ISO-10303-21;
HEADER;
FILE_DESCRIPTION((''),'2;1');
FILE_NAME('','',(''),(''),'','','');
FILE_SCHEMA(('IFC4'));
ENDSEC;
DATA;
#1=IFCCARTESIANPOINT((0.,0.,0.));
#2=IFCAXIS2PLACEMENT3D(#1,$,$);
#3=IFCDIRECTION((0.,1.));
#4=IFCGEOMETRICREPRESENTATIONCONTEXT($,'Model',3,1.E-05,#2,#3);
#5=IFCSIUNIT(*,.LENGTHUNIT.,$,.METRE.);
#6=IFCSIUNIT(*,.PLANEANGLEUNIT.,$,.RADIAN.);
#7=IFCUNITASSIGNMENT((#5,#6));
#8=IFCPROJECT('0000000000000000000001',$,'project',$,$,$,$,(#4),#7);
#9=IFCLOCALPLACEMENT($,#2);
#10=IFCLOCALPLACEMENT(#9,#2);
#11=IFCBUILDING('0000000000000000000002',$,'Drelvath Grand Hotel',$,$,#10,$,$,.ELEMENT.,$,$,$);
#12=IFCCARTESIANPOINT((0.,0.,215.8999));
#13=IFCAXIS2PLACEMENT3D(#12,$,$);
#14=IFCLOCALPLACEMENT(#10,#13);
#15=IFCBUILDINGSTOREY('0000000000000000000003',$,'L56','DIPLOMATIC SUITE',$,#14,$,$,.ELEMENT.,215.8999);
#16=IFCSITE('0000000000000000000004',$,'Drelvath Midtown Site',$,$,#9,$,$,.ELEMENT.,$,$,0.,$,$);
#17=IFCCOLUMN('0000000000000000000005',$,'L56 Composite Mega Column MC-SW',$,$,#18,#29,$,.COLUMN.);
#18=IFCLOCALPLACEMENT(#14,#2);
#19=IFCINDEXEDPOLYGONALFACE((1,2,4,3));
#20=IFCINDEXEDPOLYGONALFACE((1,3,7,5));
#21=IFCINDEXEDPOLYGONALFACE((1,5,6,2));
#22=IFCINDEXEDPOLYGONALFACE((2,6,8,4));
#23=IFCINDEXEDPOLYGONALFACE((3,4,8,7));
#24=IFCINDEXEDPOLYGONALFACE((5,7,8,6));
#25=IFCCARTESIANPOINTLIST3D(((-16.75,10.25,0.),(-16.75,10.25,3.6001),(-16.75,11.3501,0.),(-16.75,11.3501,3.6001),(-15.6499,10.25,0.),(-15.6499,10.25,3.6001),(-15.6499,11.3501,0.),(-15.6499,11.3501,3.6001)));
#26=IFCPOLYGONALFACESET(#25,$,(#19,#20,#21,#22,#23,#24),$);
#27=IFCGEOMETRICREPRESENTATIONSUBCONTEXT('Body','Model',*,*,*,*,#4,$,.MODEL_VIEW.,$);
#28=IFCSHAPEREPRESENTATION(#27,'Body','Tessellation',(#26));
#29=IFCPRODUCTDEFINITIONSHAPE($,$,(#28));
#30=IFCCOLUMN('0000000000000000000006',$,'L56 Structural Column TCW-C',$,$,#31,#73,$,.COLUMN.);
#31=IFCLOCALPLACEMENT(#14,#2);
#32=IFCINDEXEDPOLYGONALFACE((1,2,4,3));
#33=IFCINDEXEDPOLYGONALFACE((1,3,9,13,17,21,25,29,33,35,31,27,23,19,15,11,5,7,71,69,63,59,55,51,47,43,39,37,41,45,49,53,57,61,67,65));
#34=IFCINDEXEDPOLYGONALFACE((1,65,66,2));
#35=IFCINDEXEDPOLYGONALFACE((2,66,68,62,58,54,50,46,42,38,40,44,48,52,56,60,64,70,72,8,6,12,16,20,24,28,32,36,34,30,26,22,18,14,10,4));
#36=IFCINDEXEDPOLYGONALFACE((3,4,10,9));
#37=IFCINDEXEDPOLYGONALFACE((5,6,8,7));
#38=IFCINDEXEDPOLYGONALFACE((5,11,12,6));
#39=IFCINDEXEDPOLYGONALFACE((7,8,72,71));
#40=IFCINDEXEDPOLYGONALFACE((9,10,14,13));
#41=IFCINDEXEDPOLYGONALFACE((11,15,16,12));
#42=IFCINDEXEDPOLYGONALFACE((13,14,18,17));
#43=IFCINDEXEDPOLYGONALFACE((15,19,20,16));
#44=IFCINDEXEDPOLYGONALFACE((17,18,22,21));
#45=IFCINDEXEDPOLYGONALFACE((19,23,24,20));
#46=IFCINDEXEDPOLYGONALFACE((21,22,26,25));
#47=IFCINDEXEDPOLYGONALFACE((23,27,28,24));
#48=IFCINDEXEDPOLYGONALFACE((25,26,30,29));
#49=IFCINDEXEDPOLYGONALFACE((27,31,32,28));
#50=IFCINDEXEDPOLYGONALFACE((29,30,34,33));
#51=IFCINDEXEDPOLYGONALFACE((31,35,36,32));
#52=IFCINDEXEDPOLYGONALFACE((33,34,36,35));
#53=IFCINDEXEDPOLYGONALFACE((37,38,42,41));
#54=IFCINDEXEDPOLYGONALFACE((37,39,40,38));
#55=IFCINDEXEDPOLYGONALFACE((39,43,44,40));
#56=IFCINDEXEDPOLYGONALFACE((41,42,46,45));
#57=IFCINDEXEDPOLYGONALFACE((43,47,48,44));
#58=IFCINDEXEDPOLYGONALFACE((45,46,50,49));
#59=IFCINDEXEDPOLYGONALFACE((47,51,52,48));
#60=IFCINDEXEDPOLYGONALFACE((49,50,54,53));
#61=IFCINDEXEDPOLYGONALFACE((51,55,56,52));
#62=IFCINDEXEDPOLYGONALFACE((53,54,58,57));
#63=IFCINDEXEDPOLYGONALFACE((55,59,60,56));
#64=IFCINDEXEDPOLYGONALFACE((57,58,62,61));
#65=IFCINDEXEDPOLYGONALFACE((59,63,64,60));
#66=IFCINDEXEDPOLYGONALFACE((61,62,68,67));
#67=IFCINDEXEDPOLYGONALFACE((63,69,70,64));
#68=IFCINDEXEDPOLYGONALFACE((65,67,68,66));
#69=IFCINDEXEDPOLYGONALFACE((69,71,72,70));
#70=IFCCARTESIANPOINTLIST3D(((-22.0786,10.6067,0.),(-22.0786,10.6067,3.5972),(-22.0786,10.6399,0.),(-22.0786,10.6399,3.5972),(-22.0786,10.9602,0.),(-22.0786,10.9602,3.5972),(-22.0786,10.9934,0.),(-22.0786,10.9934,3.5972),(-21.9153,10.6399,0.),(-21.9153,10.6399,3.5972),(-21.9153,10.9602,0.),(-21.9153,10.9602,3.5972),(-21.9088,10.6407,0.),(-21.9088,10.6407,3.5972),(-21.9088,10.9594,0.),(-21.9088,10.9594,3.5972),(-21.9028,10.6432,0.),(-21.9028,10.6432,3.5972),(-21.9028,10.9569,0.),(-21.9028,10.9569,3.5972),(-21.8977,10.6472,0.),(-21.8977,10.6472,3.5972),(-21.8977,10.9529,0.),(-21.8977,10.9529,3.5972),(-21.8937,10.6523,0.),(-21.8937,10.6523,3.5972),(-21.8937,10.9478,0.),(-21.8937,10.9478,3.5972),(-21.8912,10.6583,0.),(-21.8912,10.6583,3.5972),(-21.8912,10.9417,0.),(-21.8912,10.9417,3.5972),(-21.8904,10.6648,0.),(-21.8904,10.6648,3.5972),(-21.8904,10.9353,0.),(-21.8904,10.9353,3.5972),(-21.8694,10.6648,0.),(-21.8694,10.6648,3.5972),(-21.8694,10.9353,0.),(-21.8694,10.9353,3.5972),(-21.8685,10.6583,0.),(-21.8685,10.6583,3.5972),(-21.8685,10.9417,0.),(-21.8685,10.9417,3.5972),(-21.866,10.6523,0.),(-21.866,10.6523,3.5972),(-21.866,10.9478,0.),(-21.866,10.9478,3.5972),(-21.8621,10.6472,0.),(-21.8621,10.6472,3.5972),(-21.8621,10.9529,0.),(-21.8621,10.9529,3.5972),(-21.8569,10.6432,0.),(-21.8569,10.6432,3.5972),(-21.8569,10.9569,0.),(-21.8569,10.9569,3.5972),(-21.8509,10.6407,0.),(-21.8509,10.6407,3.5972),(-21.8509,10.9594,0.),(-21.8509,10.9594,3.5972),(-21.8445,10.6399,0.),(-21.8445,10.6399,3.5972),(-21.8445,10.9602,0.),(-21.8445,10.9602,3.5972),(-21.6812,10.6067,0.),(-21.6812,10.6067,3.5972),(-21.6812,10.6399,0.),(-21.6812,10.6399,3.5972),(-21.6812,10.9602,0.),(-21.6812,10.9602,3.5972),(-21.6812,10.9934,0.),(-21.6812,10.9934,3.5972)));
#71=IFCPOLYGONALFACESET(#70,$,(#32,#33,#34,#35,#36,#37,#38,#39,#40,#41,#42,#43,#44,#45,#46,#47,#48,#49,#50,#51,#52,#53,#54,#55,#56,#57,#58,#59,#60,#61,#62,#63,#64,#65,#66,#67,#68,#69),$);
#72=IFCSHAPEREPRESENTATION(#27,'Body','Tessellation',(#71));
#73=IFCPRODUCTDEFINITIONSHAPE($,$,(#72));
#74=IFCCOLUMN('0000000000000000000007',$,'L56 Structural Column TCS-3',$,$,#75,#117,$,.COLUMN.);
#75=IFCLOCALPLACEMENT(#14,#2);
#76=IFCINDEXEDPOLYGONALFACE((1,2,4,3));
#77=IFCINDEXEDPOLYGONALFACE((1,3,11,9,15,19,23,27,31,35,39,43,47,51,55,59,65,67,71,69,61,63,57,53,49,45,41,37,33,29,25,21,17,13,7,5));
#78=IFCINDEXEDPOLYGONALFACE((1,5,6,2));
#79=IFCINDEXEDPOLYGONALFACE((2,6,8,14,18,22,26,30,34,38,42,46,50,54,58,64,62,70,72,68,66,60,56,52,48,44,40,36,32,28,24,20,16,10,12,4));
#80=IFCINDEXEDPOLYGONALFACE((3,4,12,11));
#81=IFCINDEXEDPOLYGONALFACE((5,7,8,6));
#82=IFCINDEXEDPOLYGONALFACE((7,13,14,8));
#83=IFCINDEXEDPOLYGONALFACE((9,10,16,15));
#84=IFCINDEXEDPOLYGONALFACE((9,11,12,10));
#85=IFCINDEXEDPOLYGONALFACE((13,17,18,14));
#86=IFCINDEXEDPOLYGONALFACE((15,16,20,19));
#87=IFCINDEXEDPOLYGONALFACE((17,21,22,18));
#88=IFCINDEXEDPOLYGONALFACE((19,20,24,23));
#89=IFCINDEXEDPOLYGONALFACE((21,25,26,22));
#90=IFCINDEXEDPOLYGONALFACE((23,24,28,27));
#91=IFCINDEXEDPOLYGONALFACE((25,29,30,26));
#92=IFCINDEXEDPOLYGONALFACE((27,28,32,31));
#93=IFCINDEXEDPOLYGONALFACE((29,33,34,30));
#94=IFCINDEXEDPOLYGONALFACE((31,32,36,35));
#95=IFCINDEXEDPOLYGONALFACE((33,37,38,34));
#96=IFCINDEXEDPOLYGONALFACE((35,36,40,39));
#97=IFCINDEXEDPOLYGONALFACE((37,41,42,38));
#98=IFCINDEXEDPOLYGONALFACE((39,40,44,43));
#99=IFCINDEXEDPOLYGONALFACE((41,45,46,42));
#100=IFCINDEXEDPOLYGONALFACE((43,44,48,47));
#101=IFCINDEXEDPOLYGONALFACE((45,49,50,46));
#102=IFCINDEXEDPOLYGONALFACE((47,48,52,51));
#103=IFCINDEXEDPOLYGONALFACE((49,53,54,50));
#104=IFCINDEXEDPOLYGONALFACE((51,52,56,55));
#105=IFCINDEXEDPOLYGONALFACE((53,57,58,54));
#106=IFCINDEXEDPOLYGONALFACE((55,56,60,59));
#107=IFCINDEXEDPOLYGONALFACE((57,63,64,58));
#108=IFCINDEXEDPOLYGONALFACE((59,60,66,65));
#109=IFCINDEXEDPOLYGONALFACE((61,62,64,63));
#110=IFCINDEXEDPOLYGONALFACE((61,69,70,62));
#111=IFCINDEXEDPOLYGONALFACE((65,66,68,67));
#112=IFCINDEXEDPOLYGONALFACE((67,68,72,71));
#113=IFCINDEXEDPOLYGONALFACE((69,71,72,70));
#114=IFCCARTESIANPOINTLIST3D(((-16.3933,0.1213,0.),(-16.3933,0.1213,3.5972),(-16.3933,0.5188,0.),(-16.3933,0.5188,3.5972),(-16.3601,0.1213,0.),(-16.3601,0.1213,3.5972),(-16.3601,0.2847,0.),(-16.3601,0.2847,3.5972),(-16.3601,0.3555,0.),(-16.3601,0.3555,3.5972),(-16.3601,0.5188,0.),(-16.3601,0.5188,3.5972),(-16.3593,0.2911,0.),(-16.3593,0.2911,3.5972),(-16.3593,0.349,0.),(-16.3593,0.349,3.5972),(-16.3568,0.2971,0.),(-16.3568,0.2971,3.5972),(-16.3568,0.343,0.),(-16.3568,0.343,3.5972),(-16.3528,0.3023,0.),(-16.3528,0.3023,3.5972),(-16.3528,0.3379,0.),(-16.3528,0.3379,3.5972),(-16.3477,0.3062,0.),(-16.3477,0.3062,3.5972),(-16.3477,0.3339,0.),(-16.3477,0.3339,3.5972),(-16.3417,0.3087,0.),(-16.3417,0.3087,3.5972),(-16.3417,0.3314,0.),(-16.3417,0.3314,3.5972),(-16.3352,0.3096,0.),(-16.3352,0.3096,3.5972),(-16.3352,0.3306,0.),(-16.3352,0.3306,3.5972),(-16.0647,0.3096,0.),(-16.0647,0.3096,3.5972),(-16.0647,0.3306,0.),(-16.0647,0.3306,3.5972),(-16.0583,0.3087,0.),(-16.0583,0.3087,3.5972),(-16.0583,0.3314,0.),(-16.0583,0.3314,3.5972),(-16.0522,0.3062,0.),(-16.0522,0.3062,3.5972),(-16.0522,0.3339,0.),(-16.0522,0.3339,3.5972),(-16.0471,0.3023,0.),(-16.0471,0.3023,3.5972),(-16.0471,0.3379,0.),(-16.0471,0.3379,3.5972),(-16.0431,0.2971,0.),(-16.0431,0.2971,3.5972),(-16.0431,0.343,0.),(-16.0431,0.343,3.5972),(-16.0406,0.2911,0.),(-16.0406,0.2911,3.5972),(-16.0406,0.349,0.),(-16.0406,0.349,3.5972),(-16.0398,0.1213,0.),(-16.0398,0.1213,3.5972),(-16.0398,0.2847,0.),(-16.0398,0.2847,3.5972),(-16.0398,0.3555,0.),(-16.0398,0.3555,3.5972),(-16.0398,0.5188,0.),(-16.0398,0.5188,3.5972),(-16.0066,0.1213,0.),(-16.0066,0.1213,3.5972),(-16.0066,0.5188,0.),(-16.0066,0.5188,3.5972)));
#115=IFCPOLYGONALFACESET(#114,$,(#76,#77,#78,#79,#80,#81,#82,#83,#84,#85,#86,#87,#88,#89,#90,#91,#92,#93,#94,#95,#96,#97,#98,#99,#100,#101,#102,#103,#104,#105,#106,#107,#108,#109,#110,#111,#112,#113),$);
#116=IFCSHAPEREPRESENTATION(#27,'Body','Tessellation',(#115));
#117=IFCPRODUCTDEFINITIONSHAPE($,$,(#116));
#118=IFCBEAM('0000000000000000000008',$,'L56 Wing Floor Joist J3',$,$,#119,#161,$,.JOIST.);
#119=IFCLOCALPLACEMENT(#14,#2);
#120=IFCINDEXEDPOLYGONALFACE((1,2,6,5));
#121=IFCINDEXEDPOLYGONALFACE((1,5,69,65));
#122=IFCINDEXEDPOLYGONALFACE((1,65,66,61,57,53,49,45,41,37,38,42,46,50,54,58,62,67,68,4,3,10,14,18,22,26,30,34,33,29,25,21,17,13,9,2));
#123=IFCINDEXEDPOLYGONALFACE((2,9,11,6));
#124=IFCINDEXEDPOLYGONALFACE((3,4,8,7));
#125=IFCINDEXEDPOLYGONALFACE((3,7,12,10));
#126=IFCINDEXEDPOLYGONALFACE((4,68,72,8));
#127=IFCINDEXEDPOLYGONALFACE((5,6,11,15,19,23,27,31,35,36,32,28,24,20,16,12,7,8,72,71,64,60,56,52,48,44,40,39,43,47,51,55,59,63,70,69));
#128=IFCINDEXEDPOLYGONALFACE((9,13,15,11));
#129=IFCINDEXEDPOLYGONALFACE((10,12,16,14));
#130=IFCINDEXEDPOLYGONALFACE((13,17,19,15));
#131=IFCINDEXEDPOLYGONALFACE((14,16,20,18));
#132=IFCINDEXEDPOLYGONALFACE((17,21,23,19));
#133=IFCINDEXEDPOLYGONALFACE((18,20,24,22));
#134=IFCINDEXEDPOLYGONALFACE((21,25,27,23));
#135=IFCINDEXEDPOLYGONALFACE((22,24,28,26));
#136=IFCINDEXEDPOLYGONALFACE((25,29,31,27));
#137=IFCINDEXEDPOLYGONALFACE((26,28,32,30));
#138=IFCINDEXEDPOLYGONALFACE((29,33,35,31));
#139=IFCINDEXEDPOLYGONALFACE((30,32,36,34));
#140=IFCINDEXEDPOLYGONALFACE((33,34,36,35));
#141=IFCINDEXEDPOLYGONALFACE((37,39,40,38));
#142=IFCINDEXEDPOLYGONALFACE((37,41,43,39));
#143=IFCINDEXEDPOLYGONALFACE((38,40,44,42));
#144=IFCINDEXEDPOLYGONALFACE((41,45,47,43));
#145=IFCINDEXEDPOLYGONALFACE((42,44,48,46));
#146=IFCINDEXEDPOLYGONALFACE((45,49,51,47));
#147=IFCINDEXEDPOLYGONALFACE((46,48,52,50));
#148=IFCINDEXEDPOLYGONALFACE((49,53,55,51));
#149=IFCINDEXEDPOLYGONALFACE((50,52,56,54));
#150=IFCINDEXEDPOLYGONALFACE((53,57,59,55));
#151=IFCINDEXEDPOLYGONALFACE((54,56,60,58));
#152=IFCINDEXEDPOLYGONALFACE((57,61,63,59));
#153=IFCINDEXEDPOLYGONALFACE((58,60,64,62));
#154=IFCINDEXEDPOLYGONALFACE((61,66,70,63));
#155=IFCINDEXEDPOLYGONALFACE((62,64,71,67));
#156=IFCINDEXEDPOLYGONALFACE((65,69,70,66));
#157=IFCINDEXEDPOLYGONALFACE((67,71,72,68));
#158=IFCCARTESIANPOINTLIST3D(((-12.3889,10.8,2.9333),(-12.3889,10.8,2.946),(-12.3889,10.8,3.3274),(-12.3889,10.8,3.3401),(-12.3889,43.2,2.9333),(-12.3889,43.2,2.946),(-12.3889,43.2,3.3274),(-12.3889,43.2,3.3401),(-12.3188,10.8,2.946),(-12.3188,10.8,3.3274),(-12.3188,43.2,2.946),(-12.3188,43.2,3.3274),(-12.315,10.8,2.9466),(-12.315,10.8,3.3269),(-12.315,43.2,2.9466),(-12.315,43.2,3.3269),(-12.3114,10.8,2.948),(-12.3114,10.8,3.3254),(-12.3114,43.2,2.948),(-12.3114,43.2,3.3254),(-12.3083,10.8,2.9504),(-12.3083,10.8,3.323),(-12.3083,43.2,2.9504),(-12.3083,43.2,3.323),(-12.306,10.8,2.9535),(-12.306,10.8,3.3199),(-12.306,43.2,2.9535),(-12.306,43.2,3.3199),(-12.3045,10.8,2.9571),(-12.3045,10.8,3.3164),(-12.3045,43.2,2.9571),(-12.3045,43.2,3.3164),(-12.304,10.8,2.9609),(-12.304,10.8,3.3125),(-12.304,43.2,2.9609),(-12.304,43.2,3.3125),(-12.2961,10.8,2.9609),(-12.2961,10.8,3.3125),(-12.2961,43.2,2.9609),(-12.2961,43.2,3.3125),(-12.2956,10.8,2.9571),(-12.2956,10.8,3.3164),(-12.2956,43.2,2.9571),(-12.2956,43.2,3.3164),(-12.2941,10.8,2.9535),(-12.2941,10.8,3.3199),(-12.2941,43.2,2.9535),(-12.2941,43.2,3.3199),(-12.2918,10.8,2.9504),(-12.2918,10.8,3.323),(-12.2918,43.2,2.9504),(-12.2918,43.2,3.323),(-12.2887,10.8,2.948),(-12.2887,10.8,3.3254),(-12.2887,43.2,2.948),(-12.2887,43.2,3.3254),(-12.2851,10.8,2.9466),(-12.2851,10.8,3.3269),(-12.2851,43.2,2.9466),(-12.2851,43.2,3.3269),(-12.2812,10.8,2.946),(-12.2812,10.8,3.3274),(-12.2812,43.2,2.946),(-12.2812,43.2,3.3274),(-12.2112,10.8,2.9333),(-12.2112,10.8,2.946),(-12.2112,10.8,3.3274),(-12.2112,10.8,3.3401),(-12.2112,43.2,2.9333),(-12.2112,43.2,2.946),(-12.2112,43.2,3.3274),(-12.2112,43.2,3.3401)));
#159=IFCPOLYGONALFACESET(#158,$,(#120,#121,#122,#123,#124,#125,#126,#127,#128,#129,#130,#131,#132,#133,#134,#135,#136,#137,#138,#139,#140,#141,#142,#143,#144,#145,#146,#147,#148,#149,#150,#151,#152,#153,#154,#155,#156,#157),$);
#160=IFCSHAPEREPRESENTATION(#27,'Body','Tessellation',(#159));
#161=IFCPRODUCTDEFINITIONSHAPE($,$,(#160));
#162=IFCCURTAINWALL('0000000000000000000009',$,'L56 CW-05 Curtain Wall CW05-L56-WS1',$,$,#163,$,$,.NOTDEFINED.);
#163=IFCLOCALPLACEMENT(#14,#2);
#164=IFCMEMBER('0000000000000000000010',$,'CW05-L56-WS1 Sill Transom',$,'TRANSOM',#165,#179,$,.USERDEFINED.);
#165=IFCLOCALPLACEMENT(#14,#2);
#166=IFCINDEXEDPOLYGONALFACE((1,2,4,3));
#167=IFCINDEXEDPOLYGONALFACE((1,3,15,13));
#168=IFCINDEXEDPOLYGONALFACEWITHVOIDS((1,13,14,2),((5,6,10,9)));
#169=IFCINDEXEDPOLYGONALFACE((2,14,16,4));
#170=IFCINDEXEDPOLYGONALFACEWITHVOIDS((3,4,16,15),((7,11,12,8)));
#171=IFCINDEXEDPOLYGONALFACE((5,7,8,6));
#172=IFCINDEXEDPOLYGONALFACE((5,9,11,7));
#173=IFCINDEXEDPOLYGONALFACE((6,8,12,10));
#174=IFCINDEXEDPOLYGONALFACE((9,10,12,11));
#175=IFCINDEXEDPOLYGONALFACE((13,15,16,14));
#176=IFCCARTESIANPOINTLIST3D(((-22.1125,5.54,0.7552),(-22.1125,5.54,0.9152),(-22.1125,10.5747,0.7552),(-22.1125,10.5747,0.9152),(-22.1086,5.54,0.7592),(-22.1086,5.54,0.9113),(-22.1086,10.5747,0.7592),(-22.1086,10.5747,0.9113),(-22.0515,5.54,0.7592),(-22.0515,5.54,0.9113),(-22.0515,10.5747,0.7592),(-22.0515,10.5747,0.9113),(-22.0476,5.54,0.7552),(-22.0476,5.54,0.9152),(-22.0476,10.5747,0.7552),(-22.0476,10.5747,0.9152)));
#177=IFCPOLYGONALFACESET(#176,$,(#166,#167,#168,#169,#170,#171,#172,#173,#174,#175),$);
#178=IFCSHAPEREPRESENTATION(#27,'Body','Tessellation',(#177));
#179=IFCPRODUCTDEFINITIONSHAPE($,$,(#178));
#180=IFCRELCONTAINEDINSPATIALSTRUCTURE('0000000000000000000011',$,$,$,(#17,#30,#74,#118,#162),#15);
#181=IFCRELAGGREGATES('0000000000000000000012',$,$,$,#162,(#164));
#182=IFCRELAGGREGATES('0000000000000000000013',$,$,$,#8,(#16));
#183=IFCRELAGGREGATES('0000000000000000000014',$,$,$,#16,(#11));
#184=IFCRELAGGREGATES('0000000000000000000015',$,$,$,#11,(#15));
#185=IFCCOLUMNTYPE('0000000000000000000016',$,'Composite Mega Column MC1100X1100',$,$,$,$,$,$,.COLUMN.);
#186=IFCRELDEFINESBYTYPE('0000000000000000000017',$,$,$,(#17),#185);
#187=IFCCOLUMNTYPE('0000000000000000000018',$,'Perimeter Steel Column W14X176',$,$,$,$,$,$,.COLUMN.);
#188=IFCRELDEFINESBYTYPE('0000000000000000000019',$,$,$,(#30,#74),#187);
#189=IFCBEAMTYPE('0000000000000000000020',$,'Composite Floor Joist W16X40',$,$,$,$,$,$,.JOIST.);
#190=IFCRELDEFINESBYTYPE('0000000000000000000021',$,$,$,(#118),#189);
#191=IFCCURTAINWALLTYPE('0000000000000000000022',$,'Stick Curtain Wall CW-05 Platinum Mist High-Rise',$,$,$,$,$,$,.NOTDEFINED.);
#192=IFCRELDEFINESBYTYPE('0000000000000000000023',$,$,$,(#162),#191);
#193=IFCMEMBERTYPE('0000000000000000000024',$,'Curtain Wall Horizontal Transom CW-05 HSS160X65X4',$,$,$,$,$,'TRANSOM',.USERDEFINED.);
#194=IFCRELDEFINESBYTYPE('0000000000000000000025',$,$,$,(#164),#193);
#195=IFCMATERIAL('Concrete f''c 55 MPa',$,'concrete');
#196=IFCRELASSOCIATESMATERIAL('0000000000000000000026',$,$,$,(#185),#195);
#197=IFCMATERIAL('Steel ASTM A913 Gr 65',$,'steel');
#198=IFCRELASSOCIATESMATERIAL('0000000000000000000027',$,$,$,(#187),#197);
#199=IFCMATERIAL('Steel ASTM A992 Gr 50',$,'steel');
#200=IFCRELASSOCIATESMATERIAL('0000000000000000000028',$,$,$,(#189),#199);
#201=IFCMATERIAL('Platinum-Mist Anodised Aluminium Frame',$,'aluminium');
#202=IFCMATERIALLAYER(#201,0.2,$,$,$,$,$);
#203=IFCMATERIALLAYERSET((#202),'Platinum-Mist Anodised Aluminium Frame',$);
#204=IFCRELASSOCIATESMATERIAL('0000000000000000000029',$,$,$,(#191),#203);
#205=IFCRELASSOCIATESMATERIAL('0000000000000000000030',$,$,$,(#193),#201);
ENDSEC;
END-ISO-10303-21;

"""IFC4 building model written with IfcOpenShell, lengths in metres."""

from ifc_helpers import new_model, si_unit, direction, frame, origin, origin_2d, place, context, subcontext, project, spatial, rectangle, hollow_rectangle, i_section, extrude, material, layer, layer_set, material_profile, profile_set, type_object, element, aggregate, save


model = new_model("IFC4")

# Units and contexts
model_context = context("Model", 3, precision=1e-05, world=origin(), true_north=direction((0.0, 1.0)))
body_context = subcontext(model_context, "Body", "Model", "MODEL_VIEW")
ifc_project = project(units=[si_unit("LENGTHUNIT", "METRE"), si_unit("PLANEANGLEUNIT", "RADIAN")], contexts=[model_context])

# Site, building, storey
site_placement = place(None, origin())
site = spatial("IfcSite", under=ifc_project, at=site_placement, Name="Drelvath Midtown Site", CompositionType="ELEMENT", RefElevation=0.0)
building_placement = place(site_placement, origin())
building = spatial("IfcBuilding", under=site, at=building_placement, Name="Drelvath Grand Hotel", CompositionType="ELEMENT")
storey_placement = place(building_placement, frame((0.0, 0.0, 215.8999)))
storey = spatial("IfcBuildingStorey", under=building, at=storey_placement, Name="L56", Description="DIPLOMATIC SUITE", CompositionType="ELEMENT", Elevation=215.8999)

# Columns
ifc_material_1 = material(Name="Concrete f'c 55 MPa", Category="concrete")
ifc_material_profile_1 = material_profile(ifc_material_1, rectangle(XDim=1.1001, YDim=1.1001, at=origin_2d()), Name="MC1100X1100")
ifc_profile_set_1 = profile_set([ifc_material_profile_1], Name="Concrete f'c 55 MPa")
column_type_1 = type_object("IfcColumnType", Name="Composite Mega Column MC1100X1100", PredefinedType="COLUMN", material=ifc_profile_set_1)
column_placement = place(storey_placement, frame((-16.2, 10.8, 0.0), z_axis=(0.0, 0.0, 1.0), x_axis=(1.0, 0.0, 0.0)))
element("IfcColumn", 1, at=column_placement, inside=storey, type_object=column_type_1, Name="L56 Composite Mega Column MC-SW", PredefinedType="COLUMN", context=body_context, shape_type="SweptSolid", body=[
    extrude(rectangle(XDim=1.1001, YDim=1.1001, at=origin_2d()), origin(), (0.0, 0.0, 1.0), 3.6001),
])
ifc_material_2 = material(Name="Steel ASTM A913 Gr 65", Category="steel")
ifc_material_profile_2 = material_profile(ifc_material_2, i_section(OverallWidth=0.3975, OverallDepth=0.3867, WebThickness=0.021, FlangeThickness=0.0332, FilletRadius=0.0249, at=origin_2d()), Name="W14X176")
ifc_profile_set_2 = profile_set([ifc_material_profile_2], Name="Steel ASTM A913 Gr 65")
column_type_2 = type_object("IfcColumnType", Name="Perimeter Steel Column W14X176", PredefinedType="COLUMN", material=ifc_profile_set_2)
for number, where, z_axis, x_axis, name in (
    (2, (-21.8799, 10.8, 0.0), (0.0, 0.0, 1.0), (1.0, 0.0, 0.0), "L56 Structural Column TCW-C"),
    (3, (-16.2, 0.3201, 0.0), (0.0, 0.0, 1.0), (0.0, 1.0, 0.0), "L56 Structural Column TCS-3"),
):
    element("IfcColumn", number, at=place(storey_placement, frame(where, z_axis=z_axis, x_axis=x_axis)), inside=storey, type_object=column_type_2, Name=name, PredefinedType="COLUMN", context=body_context, shape_type="SweptSolid", body=[
        extrude(i_section(OverallWidth=0.3975, OverallDepth=0.3867, WebThickness=0.021, FlangeThickness=0.0332, FilletRadius=0.0249, at=origin_2d()), origin(), (0.0, 0.0, 1.0), 3.5972),
    ])

# Beam
ifc_material_3 = material(Name="Steel ASTM A992 Gr 50", Category="steel")
ifc_material_profile_3 = material_profile(ifc_material_3, i_section(OverallWidth=0.1777, OverallDepth=0.4067, WebThickness=0.0078, FlangeThickness=0.0127, FilletRadius=0.0149, at=origin_2d()), Name="W16X40")
ifc_profile_set_3 = profile_set([ifc_material_profile_3], Name="Steel ASTM A992 Gr 50")
beam_type_1 = type_object("IfcBeamType", Name="Composite Floor Joist W16X40", PredefinedType="JOIST", material=ifc_profile_set_3)
beam_1_placement = place(storey_placement, frame((-12.3, 10.8, 3.1367), z_axis=(0.0, 1.0, 0.0), x_axis=(-1.0, 0.0, 0.0)))
element("IfcBeam", 4, at=beam_1_placement, inside=storey, type_object=beam_type_1, Name="L56 Wing Floor Joist J3", PredefinedType="JOIST", context=body_context, shape_type="SweptSolid", body=[
    extrude(i_section(OverallWidth=0.1777, OverallDepth=0.4067, WebThickness=0.0078, FlangeThickness=0.0127, FilletRadius=0.0149, at=origin_2d()), origin(), (0.0, 0.0, 1.0), 32.3999),
])

# Curtain wall, member
ifc_material_4 = material(Name="Platinum-Mist Anodised Aluminium Frame", Category="aluminium")
ifc_layer_1 = layer(ifc_material_4, 0.2)
ifc_layer_set_1 = layer_set([ifc_layer_1], Name="Platinum-Mist Anodised Aluminium Frame")
curtain_wall_type = type_object("IfcCurtainWallType", Name="Stick Curtain Wall CW-05 Platinum Mist High-Rise", PredefinedType="NOTDEFINED", material=ifc_layer_set_1)
curtain_wall_1_placement = place(storey_placement, origin())
curtain_wall_1 = element("IfcCurtainWall", 5, at=curtain_wall_1_placement, inside=storey, type_object=curtain_wall_type, Name="L56 CW-05 Curtain Wall CW05-L56-WS1", PredefinedType="NOTDEFINED")
ifc_material_profile_4 = material_profile(ifc_material_4, hollow_rectangle(XDim=0.0649, YDim=0.1599, WallThickness=0.0039, at=origin_2d()), Name="HSS160X65X4")
ifc_profile_set_4 = profile_set([ifc_material_profile_4], Name="Platinum-Mist Anodised Aluminium Frame")
member_type_1 = type_object("IfcMemberType", Name="Curtain Wall Horizontal Transom CW-05 HSS160X65X4", ElementType="TRANSOM", PredefinedType="USERDEFINED", material=ifc_profile_set_4)
member_1_placement = place(storey_placement, frame((-22.0801, 5.54, 0.8352), z_axis=(0.0, 1.0, 0.0), x_axis=(-1.0, 0.0, 0.0)))
member_1 = element("IfcMember", 6, at=member_1_placement, type_object=member_type_1, Name="CW05-L56-WS1 Sill Transom", ObjectType="TRANSOM", PredefinedType="USERDEFINED", context=body_context, shape_type="SweptSolid", body=[
    extrude(hollow_rectangle(XDim=0.0649, YDim=0.1599, WallThickness=0.0039, at=origin_2d()), origin(), (0.0, 0.0, 1.0), 5.0347),
])

aggregate(curtain_wall_1, [member_1])

save(model, "model.ifc")
